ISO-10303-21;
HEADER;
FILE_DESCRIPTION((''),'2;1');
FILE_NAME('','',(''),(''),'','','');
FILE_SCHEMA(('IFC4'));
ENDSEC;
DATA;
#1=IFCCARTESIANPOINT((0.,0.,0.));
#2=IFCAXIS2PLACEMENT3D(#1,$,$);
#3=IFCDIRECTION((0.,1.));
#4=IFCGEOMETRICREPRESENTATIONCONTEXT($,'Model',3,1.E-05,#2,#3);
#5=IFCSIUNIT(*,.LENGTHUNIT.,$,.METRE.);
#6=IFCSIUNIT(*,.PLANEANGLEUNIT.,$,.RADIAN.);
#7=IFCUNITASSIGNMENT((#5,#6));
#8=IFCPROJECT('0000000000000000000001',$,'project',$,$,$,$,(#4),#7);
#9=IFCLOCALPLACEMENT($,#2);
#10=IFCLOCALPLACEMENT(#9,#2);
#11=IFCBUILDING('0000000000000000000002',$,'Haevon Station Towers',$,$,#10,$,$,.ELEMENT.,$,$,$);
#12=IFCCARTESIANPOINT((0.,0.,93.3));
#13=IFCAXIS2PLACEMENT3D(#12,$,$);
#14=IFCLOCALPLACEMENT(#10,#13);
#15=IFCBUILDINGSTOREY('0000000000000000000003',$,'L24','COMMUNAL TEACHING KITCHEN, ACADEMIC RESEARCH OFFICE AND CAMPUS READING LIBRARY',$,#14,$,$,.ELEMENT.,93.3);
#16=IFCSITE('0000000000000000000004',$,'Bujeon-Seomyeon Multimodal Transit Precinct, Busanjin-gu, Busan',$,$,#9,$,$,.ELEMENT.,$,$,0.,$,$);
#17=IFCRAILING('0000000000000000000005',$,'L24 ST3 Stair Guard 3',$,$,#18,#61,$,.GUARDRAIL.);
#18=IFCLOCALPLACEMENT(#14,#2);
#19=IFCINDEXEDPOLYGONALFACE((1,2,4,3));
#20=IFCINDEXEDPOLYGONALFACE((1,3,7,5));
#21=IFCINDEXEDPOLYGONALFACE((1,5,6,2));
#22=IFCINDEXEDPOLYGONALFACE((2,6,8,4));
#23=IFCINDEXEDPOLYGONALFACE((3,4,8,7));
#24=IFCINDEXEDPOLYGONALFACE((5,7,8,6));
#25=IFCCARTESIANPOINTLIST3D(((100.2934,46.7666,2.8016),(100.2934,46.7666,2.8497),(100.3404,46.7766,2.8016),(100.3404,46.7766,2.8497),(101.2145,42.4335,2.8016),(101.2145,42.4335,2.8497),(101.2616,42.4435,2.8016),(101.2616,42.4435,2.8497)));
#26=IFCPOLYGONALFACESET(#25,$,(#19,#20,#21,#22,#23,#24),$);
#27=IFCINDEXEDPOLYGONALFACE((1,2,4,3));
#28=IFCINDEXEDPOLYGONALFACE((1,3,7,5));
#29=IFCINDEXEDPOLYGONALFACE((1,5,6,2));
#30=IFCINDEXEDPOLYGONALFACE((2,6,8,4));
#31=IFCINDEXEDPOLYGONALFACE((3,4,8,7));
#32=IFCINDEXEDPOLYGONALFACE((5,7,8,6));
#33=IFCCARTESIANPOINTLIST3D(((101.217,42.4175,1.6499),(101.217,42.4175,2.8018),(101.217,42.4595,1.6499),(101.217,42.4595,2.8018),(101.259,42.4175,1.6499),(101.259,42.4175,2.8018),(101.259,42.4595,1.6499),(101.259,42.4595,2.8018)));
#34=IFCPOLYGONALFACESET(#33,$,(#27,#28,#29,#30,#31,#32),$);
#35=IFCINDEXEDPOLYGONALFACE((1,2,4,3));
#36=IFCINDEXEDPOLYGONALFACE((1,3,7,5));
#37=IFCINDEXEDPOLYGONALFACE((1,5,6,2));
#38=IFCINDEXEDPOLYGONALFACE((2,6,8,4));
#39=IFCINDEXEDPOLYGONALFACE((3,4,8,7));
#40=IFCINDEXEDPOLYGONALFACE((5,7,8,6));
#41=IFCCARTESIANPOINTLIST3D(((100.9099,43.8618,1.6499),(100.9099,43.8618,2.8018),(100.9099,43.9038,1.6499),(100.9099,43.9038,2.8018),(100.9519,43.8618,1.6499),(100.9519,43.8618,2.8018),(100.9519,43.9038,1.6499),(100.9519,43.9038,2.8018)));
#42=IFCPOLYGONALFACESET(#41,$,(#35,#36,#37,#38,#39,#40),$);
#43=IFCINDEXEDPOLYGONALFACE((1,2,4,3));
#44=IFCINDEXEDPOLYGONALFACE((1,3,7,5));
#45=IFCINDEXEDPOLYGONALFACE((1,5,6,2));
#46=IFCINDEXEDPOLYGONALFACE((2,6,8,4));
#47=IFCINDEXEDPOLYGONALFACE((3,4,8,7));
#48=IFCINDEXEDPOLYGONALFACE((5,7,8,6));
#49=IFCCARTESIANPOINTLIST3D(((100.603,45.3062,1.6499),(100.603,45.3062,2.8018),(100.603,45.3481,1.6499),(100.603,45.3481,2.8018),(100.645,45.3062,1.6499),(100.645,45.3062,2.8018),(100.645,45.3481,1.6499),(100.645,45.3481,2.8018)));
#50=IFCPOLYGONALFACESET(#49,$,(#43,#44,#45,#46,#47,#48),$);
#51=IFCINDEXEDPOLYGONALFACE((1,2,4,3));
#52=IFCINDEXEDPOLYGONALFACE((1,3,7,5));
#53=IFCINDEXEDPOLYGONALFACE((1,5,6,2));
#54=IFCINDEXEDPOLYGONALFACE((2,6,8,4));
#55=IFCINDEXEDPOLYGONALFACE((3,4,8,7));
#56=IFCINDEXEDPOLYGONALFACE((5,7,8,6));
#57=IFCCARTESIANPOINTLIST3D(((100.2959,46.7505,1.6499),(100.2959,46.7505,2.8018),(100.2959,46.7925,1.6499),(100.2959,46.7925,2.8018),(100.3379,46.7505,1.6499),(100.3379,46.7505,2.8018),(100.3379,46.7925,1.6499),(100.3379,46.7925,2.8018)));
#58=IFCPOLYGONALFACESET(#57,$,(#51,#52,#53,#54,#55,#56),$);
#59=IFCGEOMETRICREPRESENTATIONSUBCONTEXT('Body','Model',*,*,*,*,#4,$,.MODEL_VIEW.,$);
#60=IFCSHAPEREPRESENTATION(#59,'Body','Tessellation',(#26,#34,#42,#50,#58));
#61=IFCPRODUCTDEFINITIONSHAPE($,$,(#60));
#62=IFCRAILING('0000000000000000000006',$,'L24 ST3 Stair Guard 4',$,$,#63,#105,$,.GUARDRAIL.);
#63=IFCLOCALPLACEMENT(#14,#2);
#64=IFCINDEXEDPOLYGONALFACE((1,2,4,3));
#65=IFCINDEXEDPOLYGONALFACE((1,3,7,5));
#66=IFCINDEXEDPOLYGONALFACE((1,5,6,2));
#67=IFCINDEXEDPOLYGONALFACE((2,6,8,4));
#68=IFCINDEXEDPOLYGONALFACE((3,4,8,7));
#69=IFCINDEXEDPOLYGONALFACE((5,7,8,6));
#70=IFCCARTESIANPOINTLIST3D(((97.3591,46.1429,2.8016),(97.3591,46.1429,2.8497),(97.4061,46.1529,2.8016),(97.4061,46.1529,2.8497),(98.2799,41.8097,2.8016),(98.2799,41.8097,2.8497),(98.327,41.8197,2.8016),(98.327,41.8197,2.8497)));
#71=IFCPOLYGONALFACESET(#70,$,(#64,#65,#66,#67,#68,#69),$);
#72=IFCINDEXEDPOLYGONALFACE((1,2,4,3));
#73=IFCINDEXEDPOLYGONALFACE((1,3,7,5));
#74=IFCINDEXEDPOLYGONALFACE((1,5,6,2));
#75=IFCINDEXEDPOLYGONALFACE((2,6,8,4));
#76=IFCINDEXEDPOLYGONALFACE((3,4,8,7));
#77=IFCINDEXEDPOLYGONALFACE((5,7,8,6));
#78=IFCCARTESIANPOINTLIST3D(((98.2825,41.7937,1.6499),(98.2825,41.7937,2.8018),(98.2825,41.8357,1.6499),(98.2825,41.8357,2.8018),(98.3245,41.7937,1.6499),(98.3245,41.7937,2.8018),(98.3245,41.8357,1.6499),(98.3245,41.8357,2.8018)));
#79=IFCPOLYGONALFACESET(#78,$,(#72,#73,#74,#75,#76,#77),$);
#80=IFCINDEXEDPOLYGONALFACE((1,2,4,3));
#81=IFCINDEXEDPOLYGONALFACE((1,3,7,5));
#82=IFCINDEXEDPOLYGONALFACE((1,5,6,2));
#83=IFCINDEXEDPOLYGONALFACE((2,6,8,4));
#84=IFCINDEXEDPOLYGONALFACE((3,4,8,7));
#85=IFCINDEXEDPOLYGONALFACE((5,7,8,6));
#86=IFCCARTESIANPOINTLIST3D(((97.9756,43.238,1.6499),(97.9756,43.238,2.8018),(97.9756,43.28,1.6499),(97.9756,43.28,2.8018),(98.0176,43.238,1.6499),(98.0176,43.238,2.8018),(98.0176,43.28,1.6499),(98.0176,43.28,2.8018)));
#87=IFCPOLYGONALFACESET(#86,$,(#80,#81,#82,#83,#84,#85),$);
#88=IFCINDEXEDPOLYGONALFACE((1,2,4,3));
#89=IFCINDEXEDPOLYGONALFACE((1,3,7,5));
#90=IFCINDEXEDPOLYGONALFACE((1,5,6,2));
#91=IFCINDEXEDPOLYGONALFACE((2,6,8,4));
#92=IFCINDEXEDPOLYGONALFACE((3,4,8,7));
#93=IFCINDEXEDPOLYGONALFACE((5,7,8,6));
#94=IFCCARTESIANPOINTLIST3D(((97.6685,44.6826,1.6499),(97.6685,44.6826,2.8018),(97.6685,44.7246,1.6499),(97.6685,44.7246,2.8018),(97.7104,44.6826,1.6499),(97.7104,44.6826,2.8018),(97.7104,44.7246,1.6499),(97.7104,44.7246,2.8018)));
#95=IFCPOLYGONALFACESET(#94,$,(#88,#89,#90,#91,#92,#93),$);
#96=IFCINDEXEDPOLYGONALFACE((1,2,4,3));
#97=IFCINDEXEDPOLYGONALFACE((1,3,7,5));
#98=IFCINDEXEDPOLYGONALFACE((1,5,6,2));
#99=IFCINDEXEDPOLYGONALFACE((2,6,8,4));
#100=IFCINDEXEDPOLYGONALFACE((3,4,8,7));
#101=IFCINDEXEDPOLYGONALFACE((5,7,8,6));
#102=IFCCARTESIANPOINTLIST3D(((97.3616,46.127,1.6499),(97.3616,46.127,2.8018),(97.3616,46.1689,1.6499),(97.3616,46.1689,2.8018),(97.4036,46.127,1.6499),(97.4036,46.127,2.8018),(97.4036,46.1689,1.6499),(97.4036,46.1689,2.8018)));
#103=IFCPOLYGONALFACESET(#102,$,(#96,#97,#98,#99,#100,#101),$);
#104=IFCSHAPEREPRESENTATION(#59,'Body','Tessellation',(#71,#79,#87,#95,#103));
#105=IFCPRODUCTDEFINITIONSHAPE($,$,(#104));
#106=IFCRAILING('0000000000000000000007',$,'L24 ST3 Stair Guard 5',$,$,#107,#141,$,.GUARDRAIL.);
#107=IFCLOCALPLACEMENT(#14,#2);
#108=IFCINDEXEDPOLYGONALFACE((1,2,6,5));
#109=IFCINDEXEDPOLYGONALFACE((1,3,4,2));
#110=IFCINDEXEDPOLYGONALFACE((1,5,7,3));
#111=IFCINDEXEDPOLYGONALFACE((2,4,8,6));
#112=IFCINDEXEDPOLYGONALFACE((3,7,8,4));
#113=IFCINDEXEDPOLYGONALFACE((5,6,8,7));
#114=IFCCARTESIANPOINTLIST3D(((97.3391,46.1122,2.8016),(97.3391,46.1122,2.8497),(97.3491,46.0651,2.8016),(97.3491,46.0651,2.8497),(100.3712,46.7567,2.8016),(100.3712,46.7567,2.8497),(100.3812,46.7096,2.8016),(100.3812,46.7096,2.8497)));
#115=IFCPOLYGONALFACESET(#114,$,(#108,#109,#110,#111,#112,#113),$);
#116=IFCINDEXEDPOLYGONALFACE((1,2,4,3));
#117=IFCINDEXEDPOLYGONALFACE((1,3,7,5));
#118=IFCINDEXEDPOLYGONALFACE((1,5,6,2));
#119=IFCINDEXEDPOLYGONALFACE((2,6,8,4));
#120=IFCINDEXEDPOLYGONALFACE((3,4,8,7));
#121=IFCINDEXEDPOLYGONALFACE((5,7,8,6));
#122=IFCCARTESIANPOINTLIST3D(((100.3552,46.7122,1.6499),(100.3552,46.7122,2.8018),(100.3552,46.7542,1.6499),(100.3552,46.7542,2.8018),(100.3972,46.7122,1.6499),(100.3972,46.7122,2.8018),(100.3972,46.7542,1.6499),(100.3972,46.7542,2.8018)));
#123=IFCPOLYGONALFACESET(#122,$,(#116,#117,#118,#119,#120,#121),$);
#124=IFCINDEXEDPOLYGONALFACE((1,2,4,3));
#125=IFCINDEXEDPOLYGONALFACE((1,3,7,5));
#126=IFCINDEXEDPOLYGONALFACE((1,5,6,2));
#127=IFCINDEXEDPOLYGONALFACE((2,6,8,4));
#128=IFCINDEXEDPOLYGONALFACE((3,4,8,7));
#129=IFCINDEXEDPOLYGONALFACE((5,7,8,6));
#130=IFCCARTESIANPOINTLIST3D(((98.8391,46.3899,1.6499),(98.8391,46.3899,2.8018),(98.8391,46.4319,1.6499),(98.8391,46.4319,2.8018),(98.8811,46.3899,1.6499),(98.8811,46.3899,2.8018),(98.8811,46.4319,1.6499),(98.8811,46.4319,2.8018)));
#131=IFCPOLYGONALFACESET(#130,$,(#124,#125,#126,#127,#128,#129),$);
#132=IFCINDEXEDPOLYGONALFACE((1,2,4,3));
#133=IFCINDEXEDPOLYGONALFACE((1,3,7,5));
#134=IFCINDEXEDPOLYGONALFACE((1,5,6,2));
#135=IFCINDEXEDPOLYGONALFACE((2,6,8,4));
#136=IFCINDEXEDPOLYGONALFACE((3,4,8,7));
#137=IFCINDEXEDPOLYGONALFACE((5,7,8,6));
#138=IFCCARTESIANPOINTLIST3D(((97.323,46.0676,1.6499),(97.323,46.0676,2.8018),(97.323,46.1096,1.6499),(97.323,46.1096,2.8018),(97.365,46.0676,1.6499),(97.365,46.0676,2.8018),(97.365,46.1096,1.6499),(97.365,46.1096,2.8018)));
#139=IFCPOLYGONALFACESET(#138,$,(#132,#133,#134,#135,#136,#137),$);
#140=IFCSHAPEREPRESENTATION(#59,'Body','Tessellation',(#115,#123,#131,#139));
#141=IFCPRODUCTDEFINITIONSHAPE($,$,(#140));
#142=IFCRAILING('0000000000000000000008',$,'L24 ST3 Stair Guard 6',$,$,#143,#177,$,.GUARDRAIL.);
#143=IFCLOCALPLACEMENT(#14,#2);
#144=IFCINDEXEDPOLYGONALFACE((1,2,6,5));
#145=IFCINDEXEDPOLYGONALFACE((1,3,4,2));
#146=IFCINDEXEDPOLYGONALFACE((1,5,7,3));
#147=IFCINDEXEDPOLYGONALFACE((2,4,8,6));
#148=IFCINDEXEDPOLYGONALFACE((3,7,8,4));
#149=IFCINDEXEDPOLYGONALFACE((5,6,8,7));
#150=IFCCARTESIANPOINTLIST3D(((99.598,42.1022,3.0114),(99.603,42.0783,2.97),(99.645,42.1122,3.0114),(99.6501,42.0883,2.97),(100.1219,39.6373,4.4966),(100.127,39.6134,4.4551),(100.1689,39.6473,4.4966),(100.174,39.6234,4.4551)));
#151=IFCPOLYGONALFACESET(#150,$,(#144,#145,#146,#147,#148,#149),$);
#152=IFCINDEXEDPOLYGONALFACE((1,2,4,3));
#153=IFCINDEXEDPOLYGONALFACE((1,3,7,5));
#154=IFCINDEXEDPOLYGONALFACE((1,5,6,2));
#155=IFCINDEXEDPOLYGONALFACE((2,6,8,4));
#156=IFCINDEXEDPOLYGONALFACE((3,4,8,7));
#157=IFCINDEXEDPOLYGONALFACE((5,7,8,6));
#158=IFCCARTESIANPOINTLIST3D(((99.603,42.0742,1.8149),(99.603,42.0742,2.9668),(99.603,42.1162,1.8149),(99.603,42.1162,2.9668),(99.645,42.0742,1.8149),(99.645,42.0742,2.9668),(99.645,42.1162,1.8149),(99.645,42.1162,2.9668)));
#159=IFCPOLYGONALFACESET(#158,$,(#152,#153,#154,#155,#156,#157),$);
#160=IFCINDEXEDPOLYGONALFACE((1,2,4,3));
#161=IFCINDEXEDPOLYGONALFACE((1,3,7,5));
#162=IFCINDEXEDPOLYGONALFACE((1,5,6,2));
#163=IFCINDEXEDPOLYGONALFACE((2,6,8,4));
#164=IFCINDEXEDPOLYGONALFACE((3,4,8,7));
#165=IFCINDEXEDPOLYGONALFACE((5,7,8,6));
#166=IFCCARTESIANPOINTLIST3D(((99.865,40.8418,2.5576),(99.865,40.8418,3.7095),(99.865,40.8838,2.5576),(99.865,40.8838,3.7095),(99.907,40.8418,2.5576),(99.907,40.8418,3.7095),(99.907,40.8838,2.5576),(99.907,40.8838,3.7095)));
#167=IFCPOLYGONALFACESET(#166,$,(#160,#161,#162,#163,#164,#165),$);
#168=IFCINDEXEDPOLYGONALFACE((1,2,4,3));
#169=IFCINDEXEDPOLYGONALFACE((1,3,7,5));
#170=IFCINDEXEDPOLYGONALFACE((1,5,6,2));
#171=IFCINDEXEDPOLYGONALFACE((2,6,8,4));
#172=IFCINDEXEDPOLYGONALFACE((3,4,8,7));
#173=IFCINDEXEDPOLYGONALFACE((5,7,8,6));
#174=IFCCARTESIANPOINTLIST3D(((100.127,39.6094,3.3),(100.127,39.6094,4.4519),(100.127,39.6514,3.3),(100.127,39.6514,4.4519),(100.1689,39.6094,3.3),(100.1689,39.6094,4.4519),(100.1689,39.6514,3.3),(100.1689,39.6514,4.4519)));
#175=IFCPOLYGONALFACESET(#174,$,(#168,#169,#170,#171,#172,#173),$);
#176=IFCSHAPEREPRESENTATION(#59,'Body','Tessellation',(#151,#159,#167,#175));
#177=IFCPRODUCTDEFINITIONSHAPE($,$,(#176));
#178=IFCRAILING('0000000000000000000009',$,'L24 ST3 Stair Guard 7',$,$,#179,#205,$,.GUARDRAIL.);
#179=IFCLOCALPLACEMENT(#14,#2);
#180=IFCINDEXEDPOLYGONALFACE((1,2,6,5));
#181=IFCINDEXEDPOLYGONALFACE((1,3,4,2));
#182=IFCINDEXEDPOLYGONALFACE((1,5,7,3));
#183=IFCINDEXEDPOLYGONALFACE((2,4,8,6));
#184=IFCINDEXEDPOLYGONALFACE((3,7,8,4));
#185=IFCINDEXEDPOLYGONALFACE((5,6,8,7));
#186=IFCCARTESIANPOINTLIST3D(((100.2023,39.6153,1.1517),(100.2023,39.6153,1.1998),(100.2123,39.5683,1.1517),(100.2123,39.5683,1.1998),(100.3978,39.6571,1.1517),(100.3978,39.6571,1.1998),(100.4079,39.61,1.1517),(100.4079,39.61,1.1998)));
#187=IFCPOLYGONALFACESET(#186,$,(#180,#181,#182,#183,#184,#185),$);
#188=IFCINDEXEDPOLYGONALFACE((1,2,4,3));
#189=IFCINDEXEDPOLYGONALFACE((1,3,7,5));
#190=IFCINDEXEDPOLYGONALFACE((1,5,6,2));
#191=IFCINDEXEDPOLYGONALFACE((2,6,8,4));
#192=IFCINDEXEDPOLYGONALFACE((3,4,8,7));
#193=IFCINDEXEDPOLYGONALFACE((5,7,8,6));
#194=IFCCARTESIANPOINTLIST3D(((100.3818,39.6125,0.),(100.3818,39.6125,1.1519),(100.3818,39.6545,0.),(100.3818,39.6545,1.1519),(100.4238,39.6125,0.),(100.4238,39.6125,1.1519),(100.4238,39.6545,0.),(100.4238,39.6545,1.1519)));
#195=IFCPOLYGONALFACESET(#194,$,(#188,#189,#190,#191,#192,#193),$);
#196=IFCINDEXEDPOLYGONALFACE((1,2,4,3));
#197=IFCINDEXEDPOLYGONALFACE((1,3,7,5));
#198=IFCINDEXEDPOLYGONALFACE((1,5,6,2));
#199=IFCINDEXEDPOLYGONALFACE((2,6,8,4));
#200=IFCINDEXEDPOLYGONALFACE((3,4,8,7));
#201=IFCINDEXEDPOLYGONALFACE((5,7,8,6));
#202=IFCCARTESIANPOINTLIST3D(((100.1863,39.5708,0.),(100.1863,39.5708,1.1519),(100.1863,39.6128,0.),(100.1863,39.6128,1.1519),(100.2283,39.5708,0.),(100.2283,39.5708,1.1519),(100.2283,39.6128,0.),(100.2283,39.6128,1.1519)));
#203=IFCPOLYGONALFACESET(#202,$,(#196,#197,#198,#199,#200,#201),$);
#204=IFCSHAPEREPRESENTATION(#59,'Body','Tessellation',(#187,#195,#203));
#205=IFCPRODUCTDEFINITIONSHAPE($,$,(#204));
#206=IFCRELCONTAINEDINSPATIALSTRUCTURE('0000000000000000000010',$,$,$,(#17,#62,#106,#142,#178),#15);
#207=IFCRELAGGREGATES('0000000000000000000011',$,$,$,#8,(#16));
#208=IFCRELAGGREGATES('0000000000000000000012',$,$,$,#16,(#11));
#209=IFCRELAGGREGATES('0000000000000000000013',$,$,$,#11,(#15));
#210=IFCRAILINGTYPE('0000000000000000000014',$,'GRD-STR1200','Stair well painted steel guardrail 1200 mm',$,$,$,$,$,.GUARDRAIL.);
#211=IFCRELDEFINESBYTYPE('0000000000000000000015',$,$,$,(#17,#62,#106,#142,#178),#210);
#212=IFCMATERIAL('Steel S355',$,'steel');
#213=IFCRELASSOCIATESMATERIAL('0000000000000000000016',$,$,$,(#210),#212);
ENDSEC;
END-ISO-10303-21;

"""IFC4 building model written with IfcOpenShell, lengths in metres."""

from ifc_helpers import new_model, si_unit, direction, frame, origin, origin_2d, place, context, subcontext, project, spatial, rectangle, extrude, material, type_object, element, save


model = new_model("IFC4")

# Units and contexts
model_context = context("Model", 3, precision=1e-05, world=origin(), true_north=direction((0.0, 1.0)))
body_context = subcontext(model_context, "Body", "Model", "MODEL_VIEW")
ifc_project = project(units=[si_unit("LENGTHUNIT", "METRE"), si_unit("PLANEANGLEUNIT", "RADIAN")], contexts=[model_context])

# Site, building, storey
site_placement = place(None, origin())
site = spatial("IfcSite", under=ifc_project, at=site_placement, Name="Bujeon-Seomyeon Multimodal Transit Precinct, Busanjin-gu, Busan", CompositionType="ELEMENT", RefElevation=0.0)
building_placement = place(site_placement, origin())
building = spatial("IfcBuilding", under=site, at=building_placement, Name="Haevon Station Towers", CompositionType="ELEMENT")
storey_placement = place(building_placement, frame((0.0, 0.0, 93.3)))
storey = spatial("IfcBuildingStorey", under=building, at=storey_placement, Name="L24", Description="COMMUNAL TEACHING KITCHEN, ACADEMIC RESEARCH OFFICE AND CAMPUS READING LIBRARY", CompositionType="ELEMENT", Elevation=93.3)

# Shared definitions
ifc_material_1 = material(Name="Steel S355", Category="steel")

# Railings
railing_type_1 = type_object("IfcRailingType", Name="GRD-STR1200", Description="Stair well painted steel guardrail 1200 mm", PredefinedType="GUARDRAIL", material=ifc_material_1)
railing_1_placement = place(storey_placement, frame((101.238, 42.4385, 1.6499)))
element("IfcRailing", 1, at=railing_1_placement, inside=storey, type_object=railing_type_1, Name="L24 ST3 Stair Guard 3", PredefinedType="GUARDRAIL", context=body_context, shape_type="SweptSolid", body=[
    extrude(rectangle(XDim=0.0481, YDim=0.0481, at=origin_2d()), frame((0.0, 0.0, 1.1758), z_axis=(-0.20794, 0.978141, 0.0), x_axis=(-0.978141, -0.20794, 0.0)), (0.0, 0.0, 1.0), 4.4299),
    extrude(rectangle(XDim=0.042, YDim=0.042, at=origin_2d()), origin(), (0.0, 0.0, 1.0), 1.1519),
    extrude(rectangle(XDim=0.042, YDim=0.042, at=origin_2d()), frame((-0.3071, 1.4443, 0.0)), (0.0, 0.0, 1.0), 1.1519),
    extrude(rectangle(XDim=0.042, YDim=0.042, at=origin_2d()), frame((-0.614, 2.8887, 0.0)), (0.0, 0.0, 1.0), 1.1519),
    extrude(rectangle(XDim=0.042, YDim=0.042, at=origin_2d()), frame((-0.9211, 4.333, 0.0)), (0.0, 0.0, 1.0), 1.1519),
])
railing_2_placement = place(storey_placement, frame((98.3035, 41.8147, 1.6499)))
element("IfcRailing", 2, at=railing_2_placement, inside=storey, type_object=railing_type_1, Name="L24 ST3 Stair Guard 4", PredefinedType="GUARDRAIL", context=body_context, shape_type="SweptSolid", body=[
    extrude(rectangle(XDim=0.0481, YDim=0.0481, at=origin_2d()), frame((0.0, 0.0, 1.1758), z_axis=(-0.207877, 0.978155, 0.0), x_axis=(-0.978155, -0.207877, 0.0)), (0.0, 0.0, 1.0), 4.4299),
    extrude(rectangle(XDim=0.042, YDim=0.042, at=origin_2d()), origin(), (0.0, 0.0, 1.0), 1.1519),
    extrude(rectangle(XDim=0.042, YDim=0.042, at=origin_2d()), frame((-0.3069, 1.4443, 0.0)), (0.0, 0.0, 1.0), 1.1519),
    extrude(rectangle(XDim=0.042, YDim=0.042, at=origin_2d()), frame((-0.614, 2.8889, 0.0)), (0.0, 0.0, 1.0), 1.1519),
    extrude(rectangle(XDim=0.042, YDim=0.042, at=origin_2d()), frame((-0.9209, 4.3333, 0.0)), (0.0, 0.0, 1.0), 1.1519),
])
railing_3_placement = place(storey_placement, frame((100.3762, 46.7332, 1.6499)))
element("IfcRailing", 3, at=railing_3_placement, inside=storey, type_object=railing_type_1, Name="L24 ST3 Stair Guard 5", PredefinedType="GUARDRAIL", context=body_context, shape_type="SweptSolid", body=[
    extrude(rectangle(XDim=0.0481, YDim=0.0481, at=origin_2d()), frame((0.0, 0.0, 1.1758), z_axis=(-0.978147, -0.207915, 0.0), x_axis=(0.207915, -0.978147, 0.0)), (0.0, 0.0, 1.0), 3.0999),
    extrude(rectangle(XDim=0.042, YDim=0.042, at=origin_2d()), origin(), (0.0, 0.0, 1.0), 1.1519),
    extrude(rectangle(XDim=0.042, YDim=0.042, at=origin_2d()), frame((-1.5161, -0.3223, 0.0)), (0.0, 0.0, 1.0), 1.1519),
    extrude(rectangle(XDim=0.042, YDim=0.042, at=origin_2d()), frame((-3.0322, -0.6445, 0.0)), (0.0, 0.0, 1.0), 1.1519),
])
railing_4_placement = place(storey_placement, frame((99.624, 42.0952, 1.8149)))
element("IfcRailing", 4, at=railing_4_placement, inside=storey, type_object=railing_type_1, Name="L24 ST3 Stair Guard 6", PredefinedType="GUARDRAIL", context=body_context, shape_type="SweptSolid", body=[
    extrude(rectangle(XDim=0.0481, YDim=0.0481, at=origin_2d()), frame((0.0, 0.0, 1.1758), z_axis=(0.179121, -0.842688, 0.507733), x_axis=(0.978147, 0.207914, 0.0)), (0.0, 0.0, 1.0), 2.925),
    extrude(rectangle(XDim=0.042, YDim=0.042, at=origin_2d()), origin(), (0.0, 0.0, 1.0), 1.1519),
    extrude(rectangle(XDim=0.042, YDim=0.042, at=origin_2d()), frame((0.262, -1.2324, 0.7427)), (0.0, 0.0, 1.0), 1.1519),
    extrude(rectangle(XDim=0.042, YDim=0.042, at=origin_2d()), frame((0.5239, -2.4648, 1.4851)), (0.0, 0.0, 1.0), 1.1519),
])
railing_5_placement = place(storey_placement, frame((100.4028, 39.6335, 0.0)))
element("IfcRailing", 5, at=railing_5_placement, inside=storey, type_object=railing_type_1, Name="L24 ST3 Stair Guard 7", PredefinedType="GUARDRAIL", context=body_context, shape_type="SweptSolid", body=[
    extrude(rectangle(XDim=0.0481, YDim=0.0481, at=origin_2d()), frame((0.0, 0.0, 1.1758), z_axis=(-0.977963, -0.208779, 0.0), x_axis=(0.208779, -0.977963, 0.0)), (0.0, 0.0, 1.0), 0.2),
    extrude(rectangle(XDim=0.042, YDim=0.042, at=origin_2d()), origin(), (0.0, 0.0, 1.0), 1.1519),
    extrude(rectangle(XDim=0.042, YDim=0.042, at=origin_2d()), frame((-0.1956, -0.0417, 0.0)), (0.0, 0.0, 1.0), 1.1519),
])

save(model, "model.ifc")
